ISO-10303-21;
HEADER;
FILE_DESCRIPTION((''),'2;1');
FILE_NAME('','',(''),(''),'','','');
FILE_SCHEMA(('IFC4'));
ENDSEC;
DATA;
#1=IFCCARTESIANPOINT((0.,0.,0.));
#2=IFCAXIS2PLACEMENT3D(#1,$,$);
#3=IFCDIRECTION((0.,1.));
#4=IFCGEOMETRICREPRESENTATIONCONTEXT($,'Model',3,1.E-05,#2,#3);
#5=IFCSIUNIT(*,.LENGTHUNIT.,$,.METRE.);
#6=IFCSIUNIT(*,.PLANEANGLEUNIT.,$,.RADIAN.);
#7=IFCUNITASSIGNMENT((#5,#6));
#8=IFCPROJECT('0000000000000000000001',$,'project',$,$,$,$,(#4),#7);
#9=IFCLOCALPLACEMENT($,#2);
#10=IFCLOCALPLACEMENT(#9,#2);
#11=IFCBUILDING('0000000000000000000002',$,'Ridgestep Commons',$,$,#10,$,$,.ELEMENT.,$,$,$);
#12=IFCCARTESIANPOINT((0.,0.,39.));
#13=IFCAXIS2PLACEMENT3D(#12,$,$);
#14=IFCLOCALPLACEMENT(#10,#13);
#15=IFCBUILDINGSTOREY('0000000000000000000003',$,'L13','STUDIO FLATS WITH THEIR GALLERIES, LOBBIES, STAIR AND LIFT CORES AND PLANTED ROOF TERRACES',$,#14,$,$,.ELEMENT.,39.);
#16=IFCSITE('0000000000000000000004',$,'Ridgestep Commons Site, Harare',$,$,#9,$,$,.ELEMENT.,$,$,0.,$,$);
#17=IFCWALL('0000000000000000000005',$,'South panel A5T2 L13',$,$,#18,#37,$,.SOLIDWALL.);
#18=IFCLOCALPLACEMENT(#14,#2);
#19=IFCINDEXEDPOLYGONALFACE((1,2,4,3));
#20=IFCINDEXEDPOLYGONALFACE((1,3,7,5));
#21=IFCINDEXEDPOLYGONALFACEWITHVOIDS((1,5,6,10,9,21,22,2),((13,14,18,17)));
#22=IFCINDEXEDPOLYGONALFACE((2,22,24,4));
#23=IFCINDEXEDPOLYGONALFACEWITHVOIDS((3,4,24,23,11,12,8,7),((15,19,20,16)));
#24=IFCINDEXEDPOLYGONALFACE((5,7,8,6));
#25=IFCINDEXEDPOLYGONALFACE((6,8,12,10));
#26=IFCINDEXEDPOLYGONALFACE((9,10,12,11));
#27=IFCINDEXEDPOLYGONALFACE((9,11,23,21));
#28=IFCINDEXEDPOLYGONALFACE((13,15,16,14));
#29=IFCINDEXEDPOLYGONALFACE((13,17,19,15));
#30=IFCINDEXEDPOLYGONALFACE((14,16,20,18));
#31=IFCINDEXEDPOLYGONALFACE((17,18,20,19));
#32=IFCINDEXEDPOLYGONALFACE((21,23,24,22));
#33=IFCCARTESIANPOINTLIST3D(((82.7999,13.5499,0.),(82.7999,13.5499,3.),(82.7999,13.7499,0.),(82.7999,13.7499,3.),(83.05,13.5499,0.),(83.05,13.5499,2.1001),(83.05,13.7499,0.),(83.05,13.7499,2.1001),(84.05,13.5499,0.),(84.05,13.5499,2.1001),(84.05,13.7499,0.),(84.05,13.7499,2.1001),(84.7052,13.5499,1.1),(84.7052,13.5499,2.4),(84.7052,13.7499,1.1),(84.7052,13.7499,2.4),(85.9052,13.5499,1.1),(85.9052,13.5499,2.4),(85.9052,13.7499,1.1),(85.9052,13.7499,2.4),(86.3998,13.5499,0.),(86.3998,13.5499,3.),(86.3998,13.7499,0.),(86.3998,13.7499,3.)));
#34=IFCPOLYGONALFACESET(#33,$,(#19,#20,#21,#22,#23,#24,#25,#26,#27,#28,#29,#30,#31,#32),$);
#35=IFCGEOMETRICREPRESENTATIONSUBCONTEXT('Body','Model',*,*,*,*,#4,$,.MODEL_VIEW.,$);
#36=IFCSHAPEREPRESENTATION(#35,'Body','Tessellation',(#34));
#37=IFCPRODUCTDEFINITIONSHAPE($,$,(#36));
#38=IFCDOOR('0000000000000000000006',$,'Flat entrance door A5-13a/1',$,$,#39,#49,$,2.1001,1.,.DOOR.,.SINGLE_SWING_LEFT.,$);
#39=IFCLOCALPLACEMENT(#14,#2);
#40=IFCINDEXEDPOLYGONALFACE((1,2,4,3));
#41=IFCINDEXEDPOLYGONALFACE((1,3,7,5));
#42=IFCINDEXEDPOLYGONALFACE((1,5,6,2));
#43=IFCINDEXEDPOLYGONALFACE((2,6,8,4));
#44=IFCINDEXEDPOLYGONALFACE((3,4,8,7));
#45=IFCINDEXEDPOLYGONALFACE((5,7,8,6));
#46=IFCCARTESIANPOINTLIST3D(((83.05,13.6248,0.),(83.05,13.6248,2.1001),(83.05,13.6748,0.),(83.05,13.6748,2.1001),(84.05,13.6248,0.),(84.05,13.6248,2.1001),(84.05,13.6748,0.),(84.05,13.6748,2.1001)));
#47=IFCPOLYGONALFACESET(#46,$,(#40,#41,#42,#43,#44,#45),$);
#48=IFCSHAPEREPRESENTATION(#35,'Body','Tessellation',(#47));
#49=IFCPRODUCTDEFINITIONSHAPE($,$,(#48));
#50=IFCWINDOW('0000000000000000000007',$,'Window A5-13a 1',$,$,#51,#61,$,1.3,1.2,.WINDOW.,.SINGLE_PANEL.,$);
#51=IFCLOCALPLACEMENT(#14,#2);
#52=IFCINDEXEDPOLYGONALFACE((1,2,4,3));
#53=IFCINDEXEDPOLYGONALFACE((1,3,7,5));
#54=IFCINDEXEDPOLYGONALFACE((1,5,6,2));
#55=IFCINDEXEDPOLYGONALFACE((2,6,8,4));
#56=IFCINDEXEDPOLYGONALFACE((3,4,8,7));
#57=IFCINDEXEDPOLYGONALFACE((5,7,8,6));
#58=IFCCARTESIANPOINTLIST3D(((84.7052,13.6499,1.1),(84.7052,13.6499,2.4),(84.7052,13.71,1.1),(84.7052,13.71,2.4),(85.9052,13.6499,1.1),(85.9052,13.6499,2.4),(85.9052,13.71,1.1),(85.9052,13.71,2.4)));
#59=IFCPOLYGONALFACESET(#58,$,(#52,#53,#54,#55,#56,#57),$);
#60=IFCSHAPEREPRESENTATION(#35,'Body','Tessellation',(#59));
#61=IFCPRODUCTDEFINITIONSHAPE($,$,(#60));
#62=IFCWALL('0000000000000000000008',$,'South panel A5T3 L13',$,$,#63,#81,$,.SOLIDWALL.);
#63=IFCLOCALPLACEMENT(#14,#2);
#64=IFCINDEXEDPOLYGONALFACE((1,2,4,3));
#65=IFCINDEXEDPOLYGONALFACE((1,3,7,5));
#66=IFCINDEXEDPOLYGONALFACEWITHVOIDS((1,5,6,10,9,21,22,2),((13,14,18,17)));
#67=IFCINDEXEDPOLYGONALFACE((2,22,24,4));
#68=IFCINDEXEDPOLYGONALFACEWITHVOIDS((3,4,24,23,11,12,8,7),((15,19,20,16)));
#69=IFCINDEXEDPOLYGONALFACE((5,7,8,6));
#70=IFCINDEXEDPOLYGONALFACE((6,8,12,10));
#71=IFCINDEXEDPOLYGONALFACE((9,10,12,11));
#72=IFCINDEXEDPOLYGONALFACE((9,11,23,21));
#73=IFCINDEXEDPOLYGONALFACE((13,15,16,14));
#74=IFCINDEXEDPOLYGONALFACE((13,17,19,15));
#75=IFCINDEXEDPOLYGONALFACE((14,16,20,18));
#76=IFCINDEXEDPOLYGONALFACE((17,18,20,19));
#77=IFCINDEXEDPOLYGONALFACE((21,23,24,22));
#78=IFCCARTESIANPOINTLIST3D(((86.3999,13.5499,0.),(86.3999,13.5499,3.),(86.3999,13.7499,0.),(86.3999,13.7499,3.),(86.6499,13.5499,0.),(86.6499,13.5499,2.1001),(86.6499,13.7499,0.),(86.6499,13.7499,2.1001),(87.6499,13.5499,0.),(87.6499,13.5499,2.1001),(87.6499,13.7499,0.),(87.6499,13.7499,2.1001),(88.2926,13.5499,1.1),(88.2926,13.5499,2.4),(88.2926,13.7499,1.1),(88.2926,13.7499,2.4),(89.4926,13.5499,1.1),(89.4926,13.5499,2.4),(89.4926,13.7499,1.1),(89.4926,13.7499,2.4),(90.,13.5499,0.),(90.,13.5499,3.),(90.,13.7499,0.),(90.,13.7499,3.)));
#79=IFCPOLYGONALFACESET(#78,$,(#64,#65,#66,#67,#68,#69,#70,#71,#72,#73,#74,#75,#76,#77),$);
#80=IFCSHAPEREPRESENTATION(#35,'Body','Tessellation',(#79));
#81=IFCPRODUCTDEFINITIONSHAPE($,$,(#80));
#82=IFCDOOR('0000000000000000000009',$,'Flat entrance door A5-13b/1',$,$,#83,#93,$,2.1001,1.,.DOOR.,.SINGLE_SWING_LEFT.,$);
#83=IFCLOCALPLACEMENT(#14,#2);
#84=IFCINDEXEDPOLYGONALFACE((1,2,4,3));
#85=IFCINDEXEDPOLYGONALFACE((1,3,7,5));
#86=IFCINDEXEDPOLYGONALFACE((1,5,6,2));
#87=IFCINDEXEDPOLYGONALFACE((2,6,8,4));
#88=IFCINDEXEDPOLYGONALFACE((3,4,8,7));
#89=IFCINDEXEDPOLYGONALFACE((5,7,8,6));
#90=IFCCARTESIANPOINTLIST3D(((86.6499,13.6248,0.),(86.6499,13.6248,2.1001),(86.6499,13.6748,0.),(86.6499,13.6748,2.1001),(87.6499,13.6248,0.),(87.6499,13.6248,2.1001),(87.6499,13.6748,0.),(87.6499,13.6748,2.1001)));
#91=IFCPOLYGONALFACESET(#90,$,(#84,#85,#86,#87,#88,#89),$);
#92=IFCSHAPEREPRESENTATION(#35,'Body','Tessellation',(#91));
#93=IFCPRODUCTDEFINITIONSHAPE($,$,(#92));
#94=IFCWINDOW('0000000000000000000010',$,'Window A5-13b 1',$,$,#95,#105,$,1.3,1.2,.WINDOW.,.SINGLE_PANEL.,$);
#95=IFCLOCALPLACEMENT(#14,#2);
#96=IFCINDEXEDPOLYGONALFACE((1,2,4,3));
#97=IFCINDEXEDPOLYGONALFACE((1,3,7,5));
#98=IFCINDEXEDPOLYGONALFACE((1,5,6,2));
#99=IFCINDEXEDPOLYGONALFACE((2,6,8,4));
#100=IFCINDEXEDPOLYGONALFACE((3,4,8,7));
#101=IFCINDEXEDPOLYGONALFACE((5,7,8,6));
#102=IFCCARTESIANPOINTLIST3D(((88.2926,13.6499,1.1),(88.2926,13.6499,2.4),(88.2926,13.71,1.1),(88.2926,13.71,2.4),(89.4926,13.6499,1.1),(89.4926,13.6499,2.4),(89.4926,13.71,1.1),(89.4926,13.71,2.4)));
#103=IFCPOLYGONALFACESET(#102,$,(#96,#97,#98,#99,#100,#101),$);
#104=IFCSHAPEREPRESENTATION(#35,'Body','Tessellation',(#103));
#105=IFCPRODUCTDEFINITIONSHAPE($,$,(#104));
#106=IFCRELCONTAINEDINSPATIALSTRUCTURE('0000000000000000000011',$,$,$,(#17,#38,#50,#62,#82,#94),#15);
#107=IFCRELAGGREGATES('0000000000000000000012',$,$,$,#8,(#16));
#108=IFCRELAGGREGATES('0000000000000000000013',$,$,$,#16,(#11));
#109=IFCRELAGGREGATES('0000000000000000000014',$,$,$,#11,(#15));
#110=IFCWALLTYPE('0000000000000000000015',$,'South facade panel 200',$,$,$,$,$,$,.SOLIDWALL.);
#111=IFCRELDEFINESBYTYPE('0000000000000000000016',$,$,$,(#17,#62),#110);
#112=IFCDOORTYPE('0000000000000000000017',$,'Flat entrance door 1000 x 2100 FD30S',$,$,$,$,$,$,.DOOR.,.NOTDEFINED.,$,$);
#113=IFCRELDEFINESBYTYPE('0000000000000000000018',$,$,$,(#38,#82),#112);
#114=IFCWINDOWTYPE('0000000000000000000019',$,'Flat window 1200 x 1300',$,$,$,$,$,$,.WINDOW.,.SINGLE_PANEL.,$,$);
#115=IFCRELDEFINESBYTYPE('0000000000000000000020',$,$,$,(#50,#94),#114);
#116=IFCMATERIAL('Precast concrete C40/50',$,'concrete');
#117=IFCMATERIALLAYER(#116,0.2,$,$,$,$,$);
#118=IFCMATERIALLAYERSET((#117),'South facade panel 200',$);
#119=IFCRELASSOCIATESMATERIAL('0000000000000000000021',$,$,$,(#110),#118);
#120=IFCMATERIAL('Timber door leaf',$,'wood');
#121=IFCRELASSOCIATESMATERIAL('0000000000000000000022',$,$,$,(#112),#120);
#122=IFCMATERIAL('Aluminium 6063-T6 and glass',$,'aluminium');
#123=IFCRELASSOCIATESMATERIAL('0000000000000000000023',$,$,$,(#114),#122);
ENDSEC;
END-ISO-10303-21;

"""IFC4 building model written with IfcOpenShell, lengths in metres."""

from ifc_helpers import new_model, si_unit, direction, frame, frame_2d, origin, place, context, subcontext, project, spatial, rectangle, extrude, material, layer, layer_set, type_object, element, fill, save


model = new_model("IFC4")

# Units and contexts
model_context = context("Model", 3, precision=1e-05, world=origin(), true_north=direction((0.0, 1.0)))
body_context = subcontext(model_context, "Body", "Model", "MODEL_VIEW")
ifc_project = project(units=[si_unit("LENGTHUNIT", "METRE"), si_unit("PLANEANGLEUNIT", "RADIAN")], contexts=[model_context])

# Site, building, storey
site_placement = place(None, origin())
site = spatial("IfcSite", under=ifc_project, at=site_placement, Name="Ridgestep Commons Site, Harare", CompositionType="ELEMENT", RefElevation=0.0)
building_placement = place(site_placement, origin())
building = spatial("IfcBuilding", under=site, at=building_placement, Name="Ridgestep Commons", CompositionType="ELEMENT")
storey_placement = place(building_placement, frame((0.0, 0.0, 39.0)))
storey = spatial("IfcBuildingStorey", under=building, at=storey_placement, Name="L13", Description="STUDIO FLATS WITH THEIR GALLERIES, LOBBIES, STAIR AND LIFT CORES AND PLANTED ROOF TERRACES", CompositionType="ELEMENT", Elevation=39.0)

# Walls, openings, doors, windows
ifc_material_1 = material(Name="Precast concrete C40/50", Category="concrete")
ifc_layer_1 = layer(ifc_material_1, 0.2)
ifc_layer_set_1 = layer_set([ifc_layer_1], Name="South facade panel 200")
wall_type_1 = type_object("IfcWallType", Name="South facade panel 200", PredefinedType="SOLIDWALL", material=ifc_layer_set_1)
wall_1_placement = place(storey_placement, frame((82.8, 13.6499, 0.0), z_axis=(0.0, 0.0, 1.0), x_axis=(1.0, 0.0, 0.0)))
wall_1 = element("IfcWall", 1, at=wall_1_placement, inside=storey, type_object=wall_type_1, Name="South panel A5T2 L13", PredefinedType="SOLIDWALL", context=body_context, shape_type="SweptSolid", body=[
    extrude(rectangle(XDim=3.5999, YDim=0.2, at=frame_2d((1.7998, 0.0))), origin(), (0.0, 0.0, 1.0), 3.0),
])
opening_1_placement = place(wall_1_placement, frame((1.905, 0.0, 1.1001)))
opening_1 = element("IfcOpeningElement", 2, at=opening_1_placement, cuts=wall_1, PredefinedType="OPENING", context=body_context, shape_type="SweptSolid", body=[
    extrude(rectangle(XDim=1.2, YDim=1.3, at=frame_2d((0.6001, 0.6499))), frame((0.0, 0.1099, 0.0), z_axis=(0.0, -1.0, 0.0), x_axis=(1.0, 0.0, 0.0)), (0.0, 0.0, 1.0), 0.22),
])
opening_2_placement = place(wall_1_placement, frame((0.25, 0.0, 0.0)))
opening_2 = element("IfcOpeningElement", 3, at=opening_2_placement, cuts=wall_1, PredefinedType="OPENING", context=body_context, shape_type="SweptSolid", body=[
    extrude(rectangle(XDim=1.0, YDim=2.1001, at=frame_2d((0.5, 1.05))), frame((0.0, 0.1099, 0.0), z_axis=(0.0, -1.0, 0.0), x_axis=(1.0, 0.0, 0.0)), (0.0, 0.0, 1.0), 0.22),
])
ifc_material_2 = material(Name="Timber door leaf", Category="wood")
door_type_1 = type_object("IfcDoorType", Name="Flat entrance door 1000 x 2100 FD30S", OperationType="NOTDEFINED", PredefinedType="DOOR", material=ifc_material_2)
door_1_placement = place(opening_2_placement, origin())
door_1 = element("IfcDoor", 4, at=door_1_placement, inside=storey, type_object=door_type_1, Name="Flat entrance door A5-13a/1", OperationType="SINGLE_SWING_LEFT", OverallHeight=2.1001, OverallWidth=1.0, PredefinedType="DOOR", context=body_context, shape_type="SweptSolid", body=[
    extrude(rectangle(XDim=1.0, YDim=2.1001, at=frame_2d((0.5, 1.05))), frame((0.0, 0.0249, 0.0), z_axis=(0.0, -1.0, 0.0), x_axis=(1.0, 0.0, 0.0)), (0.0, 0.0, 1.0), 0.05),
])
fill(opening_2, door_1)
ifc_material_3 = material(Name="Aluminium 6063-T6 and glass", Category="aluminium")
window_type_1 = type_object("IfcWindowType", Name="Flat window 1200 x 1300", PartitioningType="SINGLE_PANEL", PredefinedType="WINDOW", material=ifc_material_3)
window_1_placement = place(opening_1_placement, origin())
window_1 = element("IfcWindow", 5, at=window_1_placement, inside=storey, type_object=window_type_1, Name="Window A5-13a 1", OverallHeight=1.3, OverallWidth=1.2, PartitioningType="SINGLE_PANEL", PredefinedType="WINDOW", context=body_context, shape_type="SweptSolid", body=[
    extrude(rectangle(XDim=1.2, YDim=1.3, at=frame_2d((0.6001, 0.6499))), frame((0.0, 0.0601, 0.0), z_axis=(0.0, -1.0, 0.0), x_axis=(1.0, 0.0, 0.0)), (0.0, 0.0, 1.0), 0.0601),
])
fill(opening_1, window_1)
wall_2_placement = place(storey_placement, frame((86.3999, 13.6499, 0.0), z_axis=(0.0, 0.0, 1.0), x_axis=(1.0, 0.0, 0.0)))
wall_2 = element("IfcWall", 6, at=wall_2_placement, inside=storey, type_object=wall_type_1, Name="South panel A5T3 L13", PredefinedType="SOLIDWALL", context=body_context, shape_type="SweptSolid", body=[
    extrude(rectangle(XDim=3.6001, YDim=0.2, at=frame_2d((1.8, 0.0))), origin(), (0.0, 0.0, 1.0), 3.0),
])
opening_3_placement = place(wall_2_placement, frame((1.8926, 0.0, 1.1001)))
opening_3 = element("IfcOpeningElement", 7, at=opening_3_placement, cuts=wall_2, PredefinedType="OPENING", context=body_context, shape_type="SweptSolid", body=[
    extrude(rectangle(XDim=1.2, YDim=1.3, at=frame_2d((0.6001, 0.6499))), frame((0.0, 0.1099, 0.0), z_axis=(0.0, -1.0, 0.0), x_axis=(1.0, 0.0, 0.0)), (0.0, 0.0, 1.0), 0.22),
])
opening_4_placement = place(wall_2_placement, frame((0.25, 0.0, 0.0)))
opening_4 = element("IfcOpeningElement", 8, at=opening_4_placement, cuts=wall_2, PredefinedType="OPENING", context=body_context, shape_type="SweptSolid", body=[
    extrude(rectangle(XDim=1.0, YDim=2.1001, at=frame_2d((0.5, 1.05))), frame((0.0, 0.1099, 0.0), z_axis=(0.0, -1.0, 0.0), x_axis=(1.0, 0.0, 0.0)), (0.0, 0.0, 1.0), 0.22),
])
door_2_placement = place(opening_4_placement, origin())
door_2 = element("IfcDoor", 9, at=door_2_placement, inside=storey, type_object=door_type_1, Name="Flat entrance door A5-13b/1", OperationType="SINGLE_SWING_LEFT", OverallHeight=2.1001, OverallWidth=1.0, PredefinedType="DOOR", context=body_context, shape_type="SweptSolid", body=[
    extrude(rectangle(XDim=1.0, YDim=2.1001, at=frame_2d((0.5, 1.05))), frame((0.0, 0.0249, 0.0), z_axis=(0.0, -1.0, 0.0), x_axis=(1.0, 0.0, 0.0)), (0.0, 0.0, 1.0), 0.05),
])
fill(opening_4, door_2)
window_2_placement = place(opening_3_placement, origin())
window_2 = element("IfcWindow", 10, at=window_2_placement, inside=storey, type_object=window_type_1, Name="Window A5-13b 1", OverallHeight=1.3, OverallWidth=1.2, PartitioningType="SINGLE_PANEL", PredefinedType="WINDOW", context=body_context, shape_type="SweptSolid", body=[
    extrude(rectangle(XDim=1.2, YDim=1.3, at=frame_2d((0.6001, 0.6499))), frame((0.0, 0.0601, 0.0), z_axis=(0.0, -1.0, 0.0), x_axis=(1.0, 0.0, 0.0)), (0.0, 0.0, 1.0), 0.0601),
])
fill(opening_3, window_2)

save(model, "model.ifc")
